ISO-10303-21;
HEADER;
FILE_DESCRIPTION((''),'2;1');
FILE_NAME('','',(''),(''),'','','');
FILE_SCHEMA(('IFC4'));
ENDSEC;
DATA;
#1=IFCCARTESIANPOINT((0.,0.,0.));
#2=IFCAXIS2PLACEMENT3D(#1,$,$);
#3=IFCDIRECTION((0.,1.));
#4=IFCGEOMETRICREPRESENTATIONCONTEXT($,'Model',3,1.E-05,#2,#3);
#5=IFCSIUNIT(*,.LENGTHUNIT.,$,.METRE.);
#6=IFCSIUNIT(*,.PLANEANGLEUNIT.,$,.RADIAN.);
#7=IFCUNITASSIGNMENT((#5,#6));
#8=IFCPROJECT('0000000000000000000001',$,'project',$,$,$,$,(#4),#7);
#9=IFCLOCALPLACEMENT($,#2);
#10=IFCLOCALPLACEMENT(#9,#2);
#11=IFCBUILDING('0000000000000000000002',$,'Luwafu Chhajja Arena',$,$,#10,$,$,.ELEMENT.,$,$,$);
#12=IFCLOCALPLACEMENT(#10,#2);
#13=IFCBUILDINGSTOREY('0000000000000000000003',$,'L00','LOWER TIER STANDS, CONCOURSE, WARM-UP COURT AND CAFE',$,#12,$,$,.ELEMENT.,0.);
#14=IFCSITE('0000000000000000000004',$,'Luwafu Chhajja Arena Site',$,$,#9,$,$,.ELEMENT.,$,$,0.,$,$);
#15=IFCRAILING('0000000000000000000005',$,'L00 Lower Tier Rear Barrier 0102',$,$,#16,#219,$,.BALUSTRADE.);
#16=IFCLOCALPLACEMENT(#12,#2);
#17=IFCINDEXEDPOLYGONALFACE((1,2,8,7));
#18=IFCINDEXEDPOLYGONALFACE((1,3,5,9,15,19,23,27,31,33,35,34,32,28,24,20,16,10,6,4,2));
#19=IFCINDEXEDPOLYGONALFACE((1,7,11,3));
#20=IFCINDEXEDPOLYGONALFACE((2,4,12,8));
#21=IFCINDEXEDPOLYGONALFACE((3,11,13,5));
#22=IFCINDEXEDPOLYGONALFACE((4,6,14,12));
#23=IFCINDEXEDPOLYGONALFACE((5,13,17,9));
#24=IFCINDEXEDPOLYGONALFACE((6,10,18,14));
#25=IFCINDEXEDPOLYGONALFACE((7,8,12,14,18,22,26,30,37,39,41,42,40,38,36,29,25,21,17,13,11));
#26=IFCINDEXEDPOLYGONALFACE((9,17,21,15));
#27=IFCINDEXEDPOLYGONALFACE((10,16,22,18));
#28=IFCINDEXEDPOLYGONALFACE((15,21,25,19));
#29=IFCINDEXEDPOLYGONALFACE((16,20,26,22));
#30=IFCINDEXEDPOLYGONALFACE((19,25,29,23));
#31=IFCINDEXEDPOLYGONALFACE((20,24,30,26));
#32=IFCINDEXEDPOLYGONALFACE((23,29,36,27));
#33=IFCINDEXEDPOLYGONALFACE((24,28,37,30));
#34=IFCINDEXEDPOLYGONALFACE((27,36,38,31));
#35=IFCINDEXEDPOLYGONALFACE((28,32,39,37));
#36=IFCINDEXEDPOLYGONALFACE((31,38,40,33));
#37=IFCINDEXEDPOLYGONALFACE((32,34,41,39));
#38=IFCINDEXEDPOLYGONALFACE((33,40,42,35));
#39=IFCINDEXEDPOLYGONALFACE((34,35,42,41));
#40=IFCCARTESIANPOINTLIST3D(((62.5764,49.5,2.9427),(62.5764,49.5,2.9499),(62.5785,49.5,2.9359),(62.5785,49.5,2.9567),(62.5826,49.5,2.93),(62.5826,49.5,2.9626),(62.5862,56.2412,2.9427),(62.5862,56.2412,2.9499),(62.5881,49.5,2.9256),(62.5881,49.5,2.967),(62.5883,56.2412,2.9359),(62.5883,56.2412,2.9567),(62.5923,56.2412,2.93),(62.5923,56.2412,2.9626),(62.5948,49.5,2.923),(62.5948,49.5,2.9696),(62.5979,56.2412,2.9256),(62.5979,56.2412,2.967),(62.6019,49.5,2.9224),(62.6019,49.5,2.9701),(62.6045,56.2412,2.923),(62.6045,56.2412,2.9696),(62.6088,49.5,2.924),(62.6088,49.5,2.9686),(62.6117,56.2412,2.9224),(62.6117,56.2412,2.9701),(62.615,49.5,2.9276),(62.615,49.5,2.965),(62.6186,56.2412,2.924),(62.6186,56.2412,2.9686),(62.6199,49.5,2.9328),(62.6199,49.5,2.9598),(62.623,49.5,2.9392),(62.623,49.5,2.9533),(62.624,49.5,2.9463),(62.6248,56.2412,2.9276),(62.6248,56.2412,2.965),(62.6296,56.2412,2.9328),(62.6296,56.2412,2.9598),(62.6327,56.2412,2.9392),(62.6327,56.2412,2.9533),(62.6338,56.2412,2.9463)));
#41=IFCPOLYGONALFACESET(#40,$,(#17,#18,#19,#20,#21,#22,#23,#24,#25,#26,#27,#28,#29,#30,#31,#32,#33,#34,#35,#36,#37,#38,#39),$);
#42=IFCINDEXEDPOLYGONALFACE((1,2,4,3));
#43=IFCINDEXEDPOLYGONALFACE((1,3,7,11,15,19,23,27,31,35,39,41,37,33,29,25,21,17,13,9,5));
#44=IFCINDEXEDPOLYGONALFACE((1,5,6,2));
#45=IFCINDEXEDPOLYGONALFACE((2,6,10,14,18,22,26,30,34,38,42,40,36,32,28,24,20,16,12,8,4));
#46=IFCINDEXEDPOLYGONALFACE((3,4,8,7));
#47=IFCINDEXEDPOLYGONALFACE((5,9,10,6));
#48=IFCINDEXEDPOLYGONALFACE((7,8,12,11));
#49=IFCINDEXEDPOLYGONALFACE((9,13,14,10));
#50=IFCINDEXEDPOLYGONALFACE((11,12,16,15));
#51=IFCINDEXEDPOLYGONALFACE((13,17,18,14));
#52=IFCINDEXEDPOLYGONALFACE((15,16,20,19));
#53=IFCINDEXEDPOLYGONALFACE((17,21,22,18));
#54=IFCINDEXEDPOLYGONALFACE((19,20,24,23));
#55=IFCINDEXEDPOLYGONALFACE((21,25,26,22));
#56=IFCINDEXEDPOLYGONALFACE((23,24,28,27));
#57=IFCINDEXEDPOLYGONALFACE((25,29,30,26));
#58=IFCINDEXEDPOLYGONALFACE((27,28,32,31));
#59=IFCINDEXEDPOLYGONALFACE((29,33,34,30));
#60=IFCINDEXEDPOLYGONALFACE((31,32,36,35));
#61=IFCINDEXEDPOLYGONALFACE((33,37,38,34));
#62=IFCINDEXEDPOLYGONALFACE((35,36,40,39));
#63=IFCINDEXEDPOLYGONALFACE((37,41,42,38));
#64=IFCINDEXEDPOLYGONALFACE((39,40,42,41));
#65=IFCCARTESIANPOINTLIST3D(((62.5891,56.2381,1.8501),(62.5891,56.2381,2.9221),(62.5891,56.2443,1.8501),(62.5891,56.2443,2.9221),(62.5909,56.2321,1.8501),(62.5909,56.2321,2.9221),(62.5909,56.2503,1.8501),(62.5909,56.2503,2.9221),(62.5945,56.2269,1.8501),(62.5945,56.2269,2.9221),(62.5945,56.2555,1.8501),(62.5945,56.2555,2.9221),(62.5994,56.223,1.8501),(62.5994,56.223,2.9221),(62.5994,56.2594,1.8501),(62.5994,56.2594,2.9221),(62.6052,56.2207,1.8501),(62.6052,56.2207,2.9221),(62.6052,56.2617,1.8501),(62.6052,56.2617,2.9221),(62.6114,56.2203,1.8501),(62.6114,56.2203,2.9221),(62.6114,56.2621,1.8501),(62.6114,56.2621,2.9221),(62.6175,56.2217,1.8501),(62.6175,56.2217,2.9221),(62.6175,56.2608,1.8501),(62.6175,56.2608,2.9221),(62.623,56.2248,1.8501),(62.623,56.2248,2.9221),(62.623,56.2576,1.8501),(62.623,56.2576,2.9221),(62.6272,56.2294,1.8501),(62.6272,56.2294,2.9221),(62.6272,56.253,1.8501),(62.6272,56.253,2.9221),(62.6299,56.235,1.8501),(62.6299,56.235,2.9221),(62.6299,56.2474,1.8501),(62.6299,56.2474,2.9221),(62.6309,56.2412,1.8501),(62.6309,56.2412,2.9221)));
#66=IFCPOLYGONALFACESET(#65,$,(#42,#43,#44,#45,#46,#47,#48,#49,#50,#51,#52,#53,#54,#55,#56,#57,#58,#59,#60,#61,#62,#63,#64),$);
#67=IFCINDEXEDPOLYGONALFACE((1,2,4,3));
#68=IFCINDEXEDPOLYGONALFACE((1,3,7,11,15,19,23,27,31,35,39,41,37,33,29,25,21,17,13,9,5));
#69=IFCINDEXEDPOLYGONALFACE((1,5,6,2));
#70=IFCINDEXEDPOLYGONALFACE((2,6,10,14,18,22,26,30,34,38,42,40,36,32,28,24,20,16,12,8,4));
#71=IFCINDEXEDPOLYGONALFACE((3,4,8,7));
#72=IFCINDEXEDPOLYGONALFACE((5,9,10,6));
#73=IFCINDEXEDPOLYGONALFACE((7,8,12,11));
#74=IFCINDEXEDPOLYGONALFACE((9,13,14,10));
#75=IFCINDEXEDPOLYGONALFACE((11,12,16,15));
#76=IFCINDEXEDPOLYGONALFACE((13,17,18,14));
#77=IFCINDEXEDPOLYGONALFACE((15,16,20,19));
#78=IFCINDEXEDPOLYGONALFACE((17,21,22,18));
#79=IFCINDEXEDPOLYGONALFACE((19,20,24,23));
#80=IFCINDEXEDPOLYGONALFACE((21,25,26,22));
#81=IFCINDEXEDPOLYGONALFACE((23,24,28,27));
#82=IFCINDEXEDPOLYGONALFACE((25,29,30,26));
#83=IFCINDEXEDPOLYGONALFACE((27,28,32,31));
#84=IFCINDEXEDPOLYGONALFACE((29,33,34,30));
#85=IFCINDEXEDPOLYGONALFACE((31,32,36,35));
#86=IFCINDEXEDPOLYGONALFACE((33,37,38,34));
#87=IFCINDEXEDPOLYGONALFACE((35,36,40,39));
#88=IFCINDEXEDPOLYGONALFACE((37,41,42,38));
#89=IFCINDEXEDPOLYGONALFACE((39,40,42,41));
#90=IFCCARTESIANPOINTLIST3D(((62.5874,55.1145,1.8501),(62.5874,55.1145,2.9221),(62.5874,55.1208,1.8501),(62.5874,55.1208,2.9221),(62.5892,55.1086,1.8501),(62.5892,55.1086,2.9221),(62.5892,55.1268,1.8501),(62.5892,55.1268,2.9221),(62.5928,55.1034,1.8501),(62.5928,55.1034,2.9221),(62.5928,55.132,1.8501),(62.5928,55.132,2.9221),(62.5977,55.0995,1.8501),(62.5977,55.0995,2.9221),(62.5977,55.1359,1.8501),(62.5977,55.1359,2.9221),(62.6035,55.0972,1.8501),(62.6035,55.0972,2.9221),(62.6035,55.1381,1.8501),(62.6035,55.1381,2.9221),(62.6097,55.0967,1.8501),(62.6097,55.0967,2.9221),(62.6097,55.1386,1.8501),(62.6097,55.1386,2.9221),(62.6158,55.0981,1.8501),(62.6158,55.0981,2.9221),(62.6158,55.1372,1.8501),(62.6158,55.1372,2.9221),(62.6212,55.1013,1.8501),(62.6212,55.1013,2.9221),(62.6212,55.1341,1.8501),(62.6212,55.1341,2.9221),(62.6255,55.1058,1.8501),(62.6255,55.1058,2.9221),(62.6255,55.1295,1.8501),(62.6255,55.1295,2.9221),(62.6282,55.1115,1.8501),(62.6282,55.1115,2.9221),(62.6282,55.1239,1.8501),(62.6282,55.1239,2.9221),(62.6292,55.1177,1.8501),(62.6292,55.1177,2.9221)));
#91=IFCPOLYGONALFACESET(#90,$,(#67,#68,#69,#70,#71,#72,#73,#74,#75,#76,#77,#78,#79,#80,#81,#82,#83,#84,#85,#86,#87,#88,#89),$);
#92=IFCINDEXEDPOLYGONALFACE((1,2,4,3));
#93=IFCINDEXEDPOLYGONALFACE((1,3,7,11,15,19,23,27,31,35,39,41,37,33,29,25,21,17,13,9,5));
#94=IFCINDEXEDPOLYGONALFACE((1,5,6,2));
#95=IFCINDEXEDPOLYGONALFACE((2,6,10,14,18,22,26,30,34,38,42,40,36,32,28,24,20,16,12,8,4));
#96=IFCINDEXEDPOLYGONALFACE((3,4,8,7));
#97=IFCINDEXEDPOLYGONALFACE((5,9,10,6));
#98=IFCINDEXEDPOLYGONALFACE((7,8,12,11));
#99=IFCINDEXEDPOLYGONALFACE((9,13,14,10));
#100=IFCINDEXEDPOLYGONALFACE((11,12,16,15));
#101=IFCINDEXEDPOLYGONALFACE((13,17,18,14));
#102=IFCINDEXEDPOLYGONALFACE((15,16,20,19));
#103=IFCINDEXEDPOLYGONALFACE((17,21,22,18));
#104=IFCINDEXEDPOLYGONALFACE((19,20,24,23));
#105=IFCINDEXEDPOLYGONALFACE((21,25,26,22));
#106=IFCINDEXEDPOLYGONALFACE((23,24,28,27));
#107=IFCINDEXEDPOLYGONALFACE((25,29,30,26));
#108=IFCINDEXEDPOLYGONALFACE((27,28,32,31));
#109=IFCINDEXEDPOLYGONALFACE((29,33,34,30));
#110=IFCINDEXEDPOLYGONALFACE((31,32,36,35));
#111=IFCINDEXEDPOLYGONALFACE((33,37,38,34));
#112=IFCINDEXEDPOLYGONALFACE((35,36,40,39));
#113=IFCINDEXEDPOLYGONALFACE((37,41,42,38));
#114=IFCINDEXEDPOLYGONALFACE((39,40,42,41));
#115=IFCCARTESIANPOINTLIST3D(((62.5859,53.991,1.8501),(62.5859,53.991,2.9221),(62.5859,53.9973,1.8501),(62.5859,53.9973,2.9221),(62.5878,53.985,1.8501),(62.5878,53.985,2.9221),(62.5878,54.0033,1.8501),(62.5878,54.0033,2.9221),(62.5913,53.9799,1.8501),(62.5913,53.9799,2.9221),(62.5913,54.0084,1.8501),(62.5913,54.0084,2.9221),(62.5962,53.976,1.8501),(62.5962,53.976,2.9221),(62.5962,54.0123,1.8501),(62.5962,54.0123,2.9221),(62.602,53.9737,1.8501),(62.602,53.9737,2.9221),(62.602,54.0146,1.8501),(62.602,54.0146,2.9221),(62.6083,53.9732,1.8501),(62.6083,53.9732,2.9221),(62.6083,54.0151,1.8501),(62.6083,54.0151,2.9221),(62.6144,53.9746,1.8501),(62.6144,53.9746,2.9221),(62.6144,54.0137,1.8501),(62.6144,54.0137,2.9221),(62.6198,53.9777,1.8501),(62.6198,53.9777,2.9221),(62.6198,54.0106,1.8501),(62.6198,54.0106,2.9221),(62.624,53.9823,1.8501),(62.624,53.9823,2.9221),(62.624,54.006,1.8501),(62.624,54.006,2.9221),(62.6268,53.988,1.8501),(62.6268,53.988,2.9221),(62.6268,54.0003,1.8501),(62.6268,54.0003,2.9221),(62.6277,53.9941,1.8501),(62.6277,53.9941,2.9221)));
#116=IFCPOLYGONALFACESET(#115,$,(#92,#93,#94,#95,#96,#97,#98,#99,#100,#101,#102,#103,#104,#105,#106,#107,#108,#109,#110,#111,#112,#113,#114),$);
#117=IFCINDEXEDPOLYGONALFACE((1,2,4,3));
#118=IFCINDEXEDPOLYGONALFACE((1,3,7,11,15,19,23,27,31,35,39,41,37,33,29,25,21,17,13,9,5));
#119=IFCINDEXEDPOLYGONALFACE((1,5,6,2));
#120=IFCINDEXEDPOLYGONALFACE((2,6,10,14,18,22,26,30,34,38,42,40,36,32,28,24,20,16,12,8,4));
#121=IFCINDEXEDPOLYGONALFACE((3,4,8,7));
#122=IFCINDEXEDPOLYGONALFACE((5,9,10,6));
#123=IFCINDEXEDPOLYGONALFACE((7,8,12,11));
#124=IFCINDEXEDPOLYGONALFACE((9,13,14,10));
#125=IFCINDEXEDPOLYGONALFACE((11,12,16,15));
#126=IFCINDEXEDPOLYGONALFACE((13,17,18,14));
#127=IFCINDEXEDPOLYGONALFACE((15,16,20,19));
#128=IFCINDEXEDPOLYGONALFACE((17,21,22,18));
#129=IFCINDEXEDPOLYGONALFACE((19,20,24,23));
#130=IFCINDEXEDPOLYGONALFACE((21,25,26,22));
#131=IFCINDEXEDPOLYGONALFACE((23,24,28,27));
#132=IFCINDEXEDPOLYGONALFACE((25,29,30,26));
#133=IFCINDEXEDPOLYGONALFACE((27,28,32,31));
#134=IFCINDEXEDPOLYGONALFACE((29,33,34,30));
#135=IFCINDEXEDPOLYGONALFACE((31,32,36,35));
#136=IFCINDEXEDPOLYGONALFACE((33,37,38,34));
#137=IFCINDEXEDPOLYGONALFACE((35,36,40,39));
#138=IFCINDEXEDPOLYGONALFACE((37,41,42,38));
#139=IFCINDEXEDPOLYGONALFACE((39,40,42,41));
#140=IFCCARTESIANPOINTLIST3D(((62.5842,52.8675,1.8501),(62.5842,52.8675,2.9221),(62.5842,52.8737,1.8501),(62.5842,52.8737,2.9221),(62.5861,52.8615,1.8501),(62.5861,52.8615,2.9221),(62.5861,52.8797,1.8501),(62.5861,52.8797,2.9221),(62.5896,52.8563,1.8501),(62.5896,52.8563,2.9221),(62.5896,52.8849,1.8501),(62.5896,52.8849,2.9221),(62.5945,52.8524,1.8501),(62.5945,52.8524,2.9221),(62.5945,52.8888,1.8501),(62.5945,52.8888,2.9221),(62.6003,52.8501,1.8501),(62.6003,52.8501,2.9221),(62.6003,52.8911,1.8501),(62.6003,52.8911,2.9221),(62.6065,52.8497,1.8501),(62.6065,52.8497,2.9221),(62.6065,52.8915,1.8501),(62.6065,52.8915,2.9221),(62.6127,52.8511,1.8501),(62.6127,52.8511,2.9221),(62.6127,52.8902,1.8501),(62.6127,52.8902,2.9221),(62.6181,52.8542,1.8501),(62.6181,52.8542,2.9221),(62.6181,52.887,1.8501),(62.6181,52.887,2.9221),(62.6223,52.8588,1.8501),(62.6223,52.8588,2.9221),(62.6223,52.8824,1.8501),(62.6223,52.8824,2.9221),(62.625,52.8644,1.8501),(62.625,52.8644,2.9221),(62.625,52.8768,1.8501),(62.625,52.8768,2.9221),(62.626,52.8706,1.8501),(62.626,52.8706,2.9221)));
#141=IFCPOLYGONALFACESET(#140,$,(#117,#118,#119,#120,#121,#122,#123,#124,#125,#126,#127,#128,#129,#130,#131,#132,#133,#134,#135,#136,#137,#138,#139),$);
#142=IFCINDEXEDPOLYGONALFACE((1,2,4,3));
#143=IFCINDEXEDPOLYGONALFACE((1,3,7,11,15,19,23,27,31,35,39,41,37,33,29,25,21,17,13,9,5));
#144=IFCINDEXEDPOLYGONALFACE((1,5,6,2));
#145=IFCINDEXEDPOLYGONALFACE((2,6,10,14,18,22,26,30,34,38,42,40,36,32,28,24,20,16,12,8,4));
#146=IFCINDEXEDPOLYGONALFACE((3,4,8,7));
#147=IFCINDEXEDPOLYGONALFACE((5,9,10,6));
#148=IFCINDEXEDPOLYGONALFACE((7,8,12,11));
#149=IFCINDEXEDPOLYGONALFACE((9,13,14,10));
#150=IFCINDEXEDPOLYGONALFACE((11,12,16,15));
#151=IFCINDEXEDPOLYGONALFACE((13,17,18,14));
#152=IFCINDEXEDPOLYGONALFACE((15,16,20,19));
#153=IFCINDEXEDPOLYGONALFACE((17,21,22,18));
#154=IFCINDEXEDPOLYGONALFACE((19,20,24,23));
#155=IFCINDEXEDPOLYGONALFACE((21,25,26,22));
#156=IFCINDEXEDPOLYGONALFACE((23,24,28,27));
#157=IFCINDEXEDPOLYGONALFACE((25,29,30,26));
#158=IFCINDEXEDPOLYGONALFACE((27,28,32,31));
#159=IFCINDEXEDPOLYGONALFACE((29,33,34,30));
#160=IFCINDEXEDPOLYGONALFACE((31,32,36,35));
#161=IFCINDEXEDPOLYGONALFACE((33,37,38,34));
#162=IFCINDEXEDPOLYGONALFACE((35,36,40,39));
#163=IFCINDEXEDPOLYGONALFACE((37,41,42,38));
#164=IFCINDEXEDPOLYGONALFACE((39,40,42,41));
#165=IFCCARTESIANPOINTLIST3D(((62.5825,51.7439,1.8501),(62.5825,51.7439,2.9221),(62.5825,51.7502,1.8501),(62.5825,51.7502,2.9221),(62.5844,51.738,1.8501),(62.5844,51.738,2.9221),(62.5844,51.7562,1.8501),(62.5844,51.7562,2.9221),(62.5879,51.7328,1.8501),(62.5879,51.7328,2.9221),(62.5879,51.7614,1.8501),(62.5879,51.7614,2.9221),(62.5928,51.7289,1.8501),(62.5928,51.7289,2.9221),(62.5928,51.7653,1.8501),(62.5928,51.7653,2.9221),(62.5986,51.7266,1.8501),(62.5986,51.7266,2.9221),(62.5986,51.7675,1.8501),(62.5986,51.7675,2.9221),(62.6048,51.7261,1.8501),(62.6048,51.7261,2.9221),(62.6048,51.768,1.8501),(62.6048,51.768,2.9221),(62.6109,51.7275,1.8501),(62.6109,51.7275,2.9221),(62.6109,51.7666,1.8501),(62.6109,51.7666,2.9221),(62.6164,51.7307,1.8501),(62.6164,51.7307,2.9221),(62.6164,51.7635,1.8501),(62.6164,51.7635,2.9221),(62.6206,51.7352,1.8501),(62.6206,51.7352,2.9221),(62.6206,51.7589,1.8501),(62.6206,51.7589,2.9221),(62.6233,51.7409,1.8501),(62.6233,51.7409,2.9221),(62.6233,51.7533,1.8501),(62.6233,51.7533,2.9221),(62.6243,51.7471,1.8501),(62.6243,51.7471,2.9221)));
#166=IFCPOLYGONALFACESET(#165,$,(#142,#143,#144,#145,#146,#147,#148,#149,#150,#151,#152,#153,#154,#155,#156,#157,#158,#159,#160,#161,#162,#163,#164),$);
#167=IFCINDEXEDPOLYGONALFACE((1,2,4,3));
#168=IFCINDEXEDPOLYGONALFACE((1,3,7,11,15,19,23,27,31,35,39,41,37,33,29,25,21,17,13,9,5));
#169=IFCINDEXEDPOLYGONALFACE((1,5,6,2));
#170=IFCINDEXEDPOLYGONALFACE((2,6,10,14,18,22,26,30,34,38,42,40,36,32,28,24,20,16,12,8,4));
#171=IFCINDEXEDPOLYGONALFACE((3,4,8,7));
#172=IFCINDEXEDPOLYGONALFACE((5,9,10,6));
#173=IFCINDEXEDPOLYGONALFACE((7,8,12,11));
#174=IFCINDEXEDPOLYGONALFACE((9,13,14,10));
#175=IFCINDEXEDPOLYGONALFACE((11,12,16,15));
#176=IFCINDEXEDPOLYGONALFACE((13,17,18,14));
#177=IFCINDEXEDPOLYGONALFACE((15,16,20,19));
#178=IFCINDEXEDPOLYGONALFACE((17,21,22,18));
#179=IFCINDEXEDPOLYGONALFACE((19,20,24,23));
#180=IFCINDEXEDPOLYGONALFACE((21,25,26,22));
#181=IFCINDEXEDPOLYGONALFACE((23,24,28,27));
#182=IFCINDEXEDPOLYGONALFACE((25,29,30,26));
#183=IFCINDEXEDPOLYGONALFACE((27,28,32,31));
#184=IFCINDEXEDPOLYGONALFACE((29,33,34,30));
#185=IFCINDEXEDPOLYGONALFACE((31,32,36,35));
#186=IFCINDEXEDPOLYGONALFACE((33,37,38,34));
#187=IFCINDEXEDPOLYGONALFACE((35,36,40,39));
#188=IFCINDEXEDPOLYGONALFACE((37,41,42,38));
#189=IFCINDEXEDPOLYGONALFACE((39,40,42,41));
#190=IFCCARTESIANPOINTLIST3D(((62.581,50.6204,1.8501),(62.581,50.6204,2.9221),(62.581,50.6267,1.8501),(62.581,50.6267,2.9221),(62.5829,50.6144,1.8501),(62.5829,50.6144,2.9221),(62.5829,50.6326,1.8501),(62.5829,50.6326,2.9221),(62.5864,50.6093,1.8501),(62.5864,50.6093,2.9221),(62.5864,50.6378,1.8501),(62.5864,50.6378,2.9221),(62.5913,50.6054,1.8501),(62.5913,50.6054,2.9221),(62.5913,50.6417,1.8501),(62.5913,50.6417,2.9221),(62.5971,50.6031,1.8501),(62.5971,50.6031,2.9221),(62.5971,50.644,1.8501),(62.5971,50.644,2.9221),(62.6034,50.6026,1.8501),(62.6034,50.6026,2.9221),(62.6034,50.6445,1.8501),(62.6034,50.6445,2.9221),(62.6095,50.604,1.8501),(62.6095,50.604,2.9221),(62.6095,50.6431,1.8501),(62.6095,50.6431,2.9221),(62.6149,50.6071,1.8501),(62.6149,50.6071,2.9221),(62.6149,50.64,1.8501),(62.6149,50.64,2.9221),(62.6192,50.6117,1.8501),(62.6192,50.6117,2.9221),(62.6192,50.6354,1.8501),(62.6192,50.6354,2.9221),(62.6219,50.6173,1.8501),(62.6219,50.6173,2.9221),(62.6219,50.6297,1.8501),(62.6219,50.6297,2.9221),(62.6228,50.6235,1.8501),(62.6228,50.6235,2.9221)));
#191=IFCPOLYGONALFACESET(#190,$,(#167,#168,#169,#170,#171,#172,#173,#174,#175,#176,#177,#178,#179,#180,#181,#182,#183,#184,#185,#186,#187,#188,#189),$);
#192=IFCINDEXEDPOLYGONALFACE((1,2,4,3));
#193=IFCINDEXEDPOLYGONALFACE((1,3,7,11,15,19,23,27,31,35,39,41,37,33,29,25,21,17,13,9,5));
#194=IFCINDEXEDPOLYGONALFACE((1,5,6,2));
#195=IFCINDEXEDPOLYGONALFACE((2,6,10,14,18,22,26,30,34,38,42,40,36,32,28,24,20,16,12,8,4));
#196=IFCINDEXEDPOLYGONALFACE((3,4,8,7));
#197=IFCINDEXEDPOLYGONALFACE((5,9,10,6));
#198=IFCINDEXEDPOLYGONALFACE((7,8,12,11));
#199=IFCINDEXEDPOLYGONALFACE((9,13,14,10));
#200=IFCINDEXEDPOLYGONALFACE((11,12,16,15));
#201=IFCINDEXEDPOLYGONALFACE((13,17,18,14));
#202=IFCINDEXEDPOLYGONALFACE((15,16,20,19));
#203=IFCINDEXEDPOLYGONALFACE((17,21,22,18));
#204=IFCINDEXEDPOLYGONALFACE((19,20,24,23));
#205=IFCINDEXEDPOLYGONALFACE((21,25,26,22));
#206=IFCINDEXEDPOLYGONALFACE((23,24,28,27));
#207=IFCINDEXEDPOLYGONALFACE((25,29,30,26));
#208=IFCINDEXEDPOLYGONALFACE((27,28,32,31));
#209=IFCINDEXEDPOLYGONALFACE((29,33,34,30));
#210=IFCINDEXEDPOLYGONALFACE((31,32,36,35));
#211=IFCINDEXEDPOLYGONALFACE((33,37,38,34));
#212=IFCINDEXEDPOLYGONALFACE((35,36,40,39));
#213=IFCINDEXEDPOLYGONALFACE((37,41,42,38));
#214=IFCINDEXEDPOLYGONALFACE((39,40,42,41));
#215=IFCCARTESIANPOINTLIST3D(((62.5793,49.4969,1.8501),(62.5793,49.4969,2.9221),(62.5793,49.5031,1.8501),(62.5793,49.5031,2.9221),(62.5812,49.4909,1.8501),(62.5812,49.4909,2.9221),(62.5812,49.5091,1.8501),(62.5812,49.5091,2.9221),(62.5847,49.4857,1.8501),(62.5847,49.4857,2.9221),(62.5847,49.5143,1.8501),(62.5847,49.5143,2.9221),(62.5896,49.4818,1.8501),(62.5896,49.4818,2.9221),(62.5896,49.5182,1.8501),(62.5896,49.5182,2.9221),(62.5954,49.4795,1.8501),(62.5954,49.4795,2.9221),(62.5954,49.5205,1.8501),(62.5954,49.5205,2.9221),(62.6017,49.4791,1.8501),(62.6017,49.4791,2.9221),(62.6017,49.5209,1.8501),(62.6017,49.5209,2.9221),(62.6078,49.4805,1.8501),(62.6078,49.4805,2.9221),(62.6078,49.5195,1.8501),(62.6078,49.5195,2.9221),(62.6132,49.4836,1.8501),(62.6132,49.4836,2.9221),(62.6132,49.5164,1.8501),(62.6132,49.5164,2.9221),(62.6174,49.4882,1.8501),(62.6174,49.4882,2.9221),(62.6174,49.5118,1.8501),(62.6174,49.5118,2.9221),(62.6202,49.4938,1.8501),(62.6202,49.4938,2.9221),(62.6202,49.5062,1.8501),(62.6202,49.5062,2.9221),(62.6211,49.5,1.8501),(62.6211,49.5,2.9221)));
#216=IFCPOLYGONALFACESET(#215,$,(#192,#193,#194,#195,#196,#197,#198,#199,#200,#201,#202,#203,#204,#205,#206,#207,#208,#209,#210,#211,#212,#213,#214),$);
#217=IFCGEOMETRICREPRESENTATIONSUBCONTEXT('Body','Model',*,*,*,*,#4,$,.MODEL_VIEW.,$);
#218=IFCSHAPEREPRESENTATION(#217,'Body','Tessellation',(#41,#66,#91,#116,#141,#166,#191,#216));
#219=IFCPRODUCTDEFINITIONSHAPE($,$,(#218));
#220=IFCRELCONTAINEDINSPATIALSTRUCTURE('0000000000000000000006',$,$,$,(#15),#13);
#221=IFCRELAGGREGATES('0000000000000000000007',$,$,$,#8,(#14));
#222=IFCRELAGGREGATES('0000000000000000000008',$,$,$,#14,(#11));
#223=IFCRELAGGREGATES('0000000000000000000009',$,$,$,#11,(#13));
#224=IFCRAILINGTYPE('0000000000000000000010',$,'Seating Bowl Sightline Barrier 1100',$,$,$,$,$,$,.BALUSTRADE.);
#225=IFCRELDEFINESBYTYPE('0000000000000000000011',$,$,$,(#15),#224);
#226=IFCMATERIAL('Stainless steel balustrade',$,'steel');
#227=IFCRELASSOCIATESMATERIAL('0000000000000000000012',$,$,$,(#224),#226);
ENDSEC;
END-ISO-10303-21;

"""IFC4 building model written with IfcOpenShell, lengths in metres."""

from ifc_helpers import new_model, si_unit, direction, frame, origin, origin_2d, place, context, subcontext, project, spatial, circle, extrude, material, type_object, element, save


model = new_model("IFC4")

# Units and contexts
model_context = context("Model", 3, precision=1e-05, world=origin(), true_north=direction((0.0, 1.0)))
body_context = subcontext(model_context, "Body", "Model", "MODEL_VIEW")
ifc_project = project(units=[si_unit("LENGTHUNIT", "METRE"), si_unit("PLANEANGLEUNIT", "RADIAN")], contexts=[model_context])

# Site, building, storey
site_placement = place(None, origin())
site = spatial("IfcSite", under=ifc_project, at=site_placement, Name="Luwafu Chhajja Arena Site", CompositionType="ELEMENT", RefElevation=0.0)
building_placement = place(site_placement, origin())
building = spatial("IfcBuilding", under=site, at=building_placement, Name="Luwafu Chhajja Arena", CompositionType="ELEMENT")
storey_placement = place(building_placement, origin())
storey = spatial("IfcBuildingStorey", under=building, at=storey_placement, Name="L00", Description="LOWER TIER STANDS, CONCOURSE, WARM-UP COURT AND CAFE", CompositionType="ELEMENT", Elevation=0.0)

# Railing
ifc_material_1 = material(Name="Stainless steel balustrade", Category="steel")
railing_type_1 = type_object("IfcRailingType", Name="Seating Bowl Sightline Barrier 1100", PredefinedType="BALUSTRADE", material=ifc_material_1)
railing_1_placement = place(storey_placement, frame((62.6099, 56.2412, 1.8501)))
element("IfcRailing", 1, at=railing_1_placement, inside=storey, type_object=railing_type_1, Name="L00 Lower Tier Rear Barrier 0102", PredefinedType="BALUSTRADE", context=body_context, shape_type="SweptSolid", body=[
    extrude(circle(Radius=0.0239, at=origin_2d()), frame((0.0, 0.0, 1.0962), z_axis=(-0.001449, -0.999999, 0.0), x_axis=(0.999999, -0.001449, 0.0)), (0.0, 0.0, 1.0), 6.7412),
    extrude(circle(Radius=0.021, at=origin_2d()), origin(), (0.0, 0.0, 1.0), 1.072),
    extrude(circle(Radius=0.021, at=origin_2d()), frame((-0.0017, -1.1235, 0.0)), (0.0, 0.0, 1.0), 1.072),
    extrude(circle(Radius=0.021, at=origin_2d()), frame((-0.0032, -2.2471, 0.0)), (0.0, 0.0, 1.0), 1.072),
    extrude(circle(Radius=0.021, at=origin_2d()), frame((-0.0049, -3.3706, 0.0)), (0.0, 0.0, 1.0), 1.072),
    extrude(circle(Radius=0.021, at=origin_2d()), frame((-0.0066, -4.4941, 0.0)), (0.0, 0.0, 1.0), 1.072),
    extrude(circle(Radius=0.021, at=origin_2d()), frame((-0.0081, -5.6177, 0.0)), (0.0, 0.0, 1.0), 1.072),
    extrude(circle(Radius=0.021, at=origin_2d()), frame((-0.0098, -6.7412, 0.0)), (0.0, 0.0, 1.0), 1.072),
])

save(model, "model.ifc")
